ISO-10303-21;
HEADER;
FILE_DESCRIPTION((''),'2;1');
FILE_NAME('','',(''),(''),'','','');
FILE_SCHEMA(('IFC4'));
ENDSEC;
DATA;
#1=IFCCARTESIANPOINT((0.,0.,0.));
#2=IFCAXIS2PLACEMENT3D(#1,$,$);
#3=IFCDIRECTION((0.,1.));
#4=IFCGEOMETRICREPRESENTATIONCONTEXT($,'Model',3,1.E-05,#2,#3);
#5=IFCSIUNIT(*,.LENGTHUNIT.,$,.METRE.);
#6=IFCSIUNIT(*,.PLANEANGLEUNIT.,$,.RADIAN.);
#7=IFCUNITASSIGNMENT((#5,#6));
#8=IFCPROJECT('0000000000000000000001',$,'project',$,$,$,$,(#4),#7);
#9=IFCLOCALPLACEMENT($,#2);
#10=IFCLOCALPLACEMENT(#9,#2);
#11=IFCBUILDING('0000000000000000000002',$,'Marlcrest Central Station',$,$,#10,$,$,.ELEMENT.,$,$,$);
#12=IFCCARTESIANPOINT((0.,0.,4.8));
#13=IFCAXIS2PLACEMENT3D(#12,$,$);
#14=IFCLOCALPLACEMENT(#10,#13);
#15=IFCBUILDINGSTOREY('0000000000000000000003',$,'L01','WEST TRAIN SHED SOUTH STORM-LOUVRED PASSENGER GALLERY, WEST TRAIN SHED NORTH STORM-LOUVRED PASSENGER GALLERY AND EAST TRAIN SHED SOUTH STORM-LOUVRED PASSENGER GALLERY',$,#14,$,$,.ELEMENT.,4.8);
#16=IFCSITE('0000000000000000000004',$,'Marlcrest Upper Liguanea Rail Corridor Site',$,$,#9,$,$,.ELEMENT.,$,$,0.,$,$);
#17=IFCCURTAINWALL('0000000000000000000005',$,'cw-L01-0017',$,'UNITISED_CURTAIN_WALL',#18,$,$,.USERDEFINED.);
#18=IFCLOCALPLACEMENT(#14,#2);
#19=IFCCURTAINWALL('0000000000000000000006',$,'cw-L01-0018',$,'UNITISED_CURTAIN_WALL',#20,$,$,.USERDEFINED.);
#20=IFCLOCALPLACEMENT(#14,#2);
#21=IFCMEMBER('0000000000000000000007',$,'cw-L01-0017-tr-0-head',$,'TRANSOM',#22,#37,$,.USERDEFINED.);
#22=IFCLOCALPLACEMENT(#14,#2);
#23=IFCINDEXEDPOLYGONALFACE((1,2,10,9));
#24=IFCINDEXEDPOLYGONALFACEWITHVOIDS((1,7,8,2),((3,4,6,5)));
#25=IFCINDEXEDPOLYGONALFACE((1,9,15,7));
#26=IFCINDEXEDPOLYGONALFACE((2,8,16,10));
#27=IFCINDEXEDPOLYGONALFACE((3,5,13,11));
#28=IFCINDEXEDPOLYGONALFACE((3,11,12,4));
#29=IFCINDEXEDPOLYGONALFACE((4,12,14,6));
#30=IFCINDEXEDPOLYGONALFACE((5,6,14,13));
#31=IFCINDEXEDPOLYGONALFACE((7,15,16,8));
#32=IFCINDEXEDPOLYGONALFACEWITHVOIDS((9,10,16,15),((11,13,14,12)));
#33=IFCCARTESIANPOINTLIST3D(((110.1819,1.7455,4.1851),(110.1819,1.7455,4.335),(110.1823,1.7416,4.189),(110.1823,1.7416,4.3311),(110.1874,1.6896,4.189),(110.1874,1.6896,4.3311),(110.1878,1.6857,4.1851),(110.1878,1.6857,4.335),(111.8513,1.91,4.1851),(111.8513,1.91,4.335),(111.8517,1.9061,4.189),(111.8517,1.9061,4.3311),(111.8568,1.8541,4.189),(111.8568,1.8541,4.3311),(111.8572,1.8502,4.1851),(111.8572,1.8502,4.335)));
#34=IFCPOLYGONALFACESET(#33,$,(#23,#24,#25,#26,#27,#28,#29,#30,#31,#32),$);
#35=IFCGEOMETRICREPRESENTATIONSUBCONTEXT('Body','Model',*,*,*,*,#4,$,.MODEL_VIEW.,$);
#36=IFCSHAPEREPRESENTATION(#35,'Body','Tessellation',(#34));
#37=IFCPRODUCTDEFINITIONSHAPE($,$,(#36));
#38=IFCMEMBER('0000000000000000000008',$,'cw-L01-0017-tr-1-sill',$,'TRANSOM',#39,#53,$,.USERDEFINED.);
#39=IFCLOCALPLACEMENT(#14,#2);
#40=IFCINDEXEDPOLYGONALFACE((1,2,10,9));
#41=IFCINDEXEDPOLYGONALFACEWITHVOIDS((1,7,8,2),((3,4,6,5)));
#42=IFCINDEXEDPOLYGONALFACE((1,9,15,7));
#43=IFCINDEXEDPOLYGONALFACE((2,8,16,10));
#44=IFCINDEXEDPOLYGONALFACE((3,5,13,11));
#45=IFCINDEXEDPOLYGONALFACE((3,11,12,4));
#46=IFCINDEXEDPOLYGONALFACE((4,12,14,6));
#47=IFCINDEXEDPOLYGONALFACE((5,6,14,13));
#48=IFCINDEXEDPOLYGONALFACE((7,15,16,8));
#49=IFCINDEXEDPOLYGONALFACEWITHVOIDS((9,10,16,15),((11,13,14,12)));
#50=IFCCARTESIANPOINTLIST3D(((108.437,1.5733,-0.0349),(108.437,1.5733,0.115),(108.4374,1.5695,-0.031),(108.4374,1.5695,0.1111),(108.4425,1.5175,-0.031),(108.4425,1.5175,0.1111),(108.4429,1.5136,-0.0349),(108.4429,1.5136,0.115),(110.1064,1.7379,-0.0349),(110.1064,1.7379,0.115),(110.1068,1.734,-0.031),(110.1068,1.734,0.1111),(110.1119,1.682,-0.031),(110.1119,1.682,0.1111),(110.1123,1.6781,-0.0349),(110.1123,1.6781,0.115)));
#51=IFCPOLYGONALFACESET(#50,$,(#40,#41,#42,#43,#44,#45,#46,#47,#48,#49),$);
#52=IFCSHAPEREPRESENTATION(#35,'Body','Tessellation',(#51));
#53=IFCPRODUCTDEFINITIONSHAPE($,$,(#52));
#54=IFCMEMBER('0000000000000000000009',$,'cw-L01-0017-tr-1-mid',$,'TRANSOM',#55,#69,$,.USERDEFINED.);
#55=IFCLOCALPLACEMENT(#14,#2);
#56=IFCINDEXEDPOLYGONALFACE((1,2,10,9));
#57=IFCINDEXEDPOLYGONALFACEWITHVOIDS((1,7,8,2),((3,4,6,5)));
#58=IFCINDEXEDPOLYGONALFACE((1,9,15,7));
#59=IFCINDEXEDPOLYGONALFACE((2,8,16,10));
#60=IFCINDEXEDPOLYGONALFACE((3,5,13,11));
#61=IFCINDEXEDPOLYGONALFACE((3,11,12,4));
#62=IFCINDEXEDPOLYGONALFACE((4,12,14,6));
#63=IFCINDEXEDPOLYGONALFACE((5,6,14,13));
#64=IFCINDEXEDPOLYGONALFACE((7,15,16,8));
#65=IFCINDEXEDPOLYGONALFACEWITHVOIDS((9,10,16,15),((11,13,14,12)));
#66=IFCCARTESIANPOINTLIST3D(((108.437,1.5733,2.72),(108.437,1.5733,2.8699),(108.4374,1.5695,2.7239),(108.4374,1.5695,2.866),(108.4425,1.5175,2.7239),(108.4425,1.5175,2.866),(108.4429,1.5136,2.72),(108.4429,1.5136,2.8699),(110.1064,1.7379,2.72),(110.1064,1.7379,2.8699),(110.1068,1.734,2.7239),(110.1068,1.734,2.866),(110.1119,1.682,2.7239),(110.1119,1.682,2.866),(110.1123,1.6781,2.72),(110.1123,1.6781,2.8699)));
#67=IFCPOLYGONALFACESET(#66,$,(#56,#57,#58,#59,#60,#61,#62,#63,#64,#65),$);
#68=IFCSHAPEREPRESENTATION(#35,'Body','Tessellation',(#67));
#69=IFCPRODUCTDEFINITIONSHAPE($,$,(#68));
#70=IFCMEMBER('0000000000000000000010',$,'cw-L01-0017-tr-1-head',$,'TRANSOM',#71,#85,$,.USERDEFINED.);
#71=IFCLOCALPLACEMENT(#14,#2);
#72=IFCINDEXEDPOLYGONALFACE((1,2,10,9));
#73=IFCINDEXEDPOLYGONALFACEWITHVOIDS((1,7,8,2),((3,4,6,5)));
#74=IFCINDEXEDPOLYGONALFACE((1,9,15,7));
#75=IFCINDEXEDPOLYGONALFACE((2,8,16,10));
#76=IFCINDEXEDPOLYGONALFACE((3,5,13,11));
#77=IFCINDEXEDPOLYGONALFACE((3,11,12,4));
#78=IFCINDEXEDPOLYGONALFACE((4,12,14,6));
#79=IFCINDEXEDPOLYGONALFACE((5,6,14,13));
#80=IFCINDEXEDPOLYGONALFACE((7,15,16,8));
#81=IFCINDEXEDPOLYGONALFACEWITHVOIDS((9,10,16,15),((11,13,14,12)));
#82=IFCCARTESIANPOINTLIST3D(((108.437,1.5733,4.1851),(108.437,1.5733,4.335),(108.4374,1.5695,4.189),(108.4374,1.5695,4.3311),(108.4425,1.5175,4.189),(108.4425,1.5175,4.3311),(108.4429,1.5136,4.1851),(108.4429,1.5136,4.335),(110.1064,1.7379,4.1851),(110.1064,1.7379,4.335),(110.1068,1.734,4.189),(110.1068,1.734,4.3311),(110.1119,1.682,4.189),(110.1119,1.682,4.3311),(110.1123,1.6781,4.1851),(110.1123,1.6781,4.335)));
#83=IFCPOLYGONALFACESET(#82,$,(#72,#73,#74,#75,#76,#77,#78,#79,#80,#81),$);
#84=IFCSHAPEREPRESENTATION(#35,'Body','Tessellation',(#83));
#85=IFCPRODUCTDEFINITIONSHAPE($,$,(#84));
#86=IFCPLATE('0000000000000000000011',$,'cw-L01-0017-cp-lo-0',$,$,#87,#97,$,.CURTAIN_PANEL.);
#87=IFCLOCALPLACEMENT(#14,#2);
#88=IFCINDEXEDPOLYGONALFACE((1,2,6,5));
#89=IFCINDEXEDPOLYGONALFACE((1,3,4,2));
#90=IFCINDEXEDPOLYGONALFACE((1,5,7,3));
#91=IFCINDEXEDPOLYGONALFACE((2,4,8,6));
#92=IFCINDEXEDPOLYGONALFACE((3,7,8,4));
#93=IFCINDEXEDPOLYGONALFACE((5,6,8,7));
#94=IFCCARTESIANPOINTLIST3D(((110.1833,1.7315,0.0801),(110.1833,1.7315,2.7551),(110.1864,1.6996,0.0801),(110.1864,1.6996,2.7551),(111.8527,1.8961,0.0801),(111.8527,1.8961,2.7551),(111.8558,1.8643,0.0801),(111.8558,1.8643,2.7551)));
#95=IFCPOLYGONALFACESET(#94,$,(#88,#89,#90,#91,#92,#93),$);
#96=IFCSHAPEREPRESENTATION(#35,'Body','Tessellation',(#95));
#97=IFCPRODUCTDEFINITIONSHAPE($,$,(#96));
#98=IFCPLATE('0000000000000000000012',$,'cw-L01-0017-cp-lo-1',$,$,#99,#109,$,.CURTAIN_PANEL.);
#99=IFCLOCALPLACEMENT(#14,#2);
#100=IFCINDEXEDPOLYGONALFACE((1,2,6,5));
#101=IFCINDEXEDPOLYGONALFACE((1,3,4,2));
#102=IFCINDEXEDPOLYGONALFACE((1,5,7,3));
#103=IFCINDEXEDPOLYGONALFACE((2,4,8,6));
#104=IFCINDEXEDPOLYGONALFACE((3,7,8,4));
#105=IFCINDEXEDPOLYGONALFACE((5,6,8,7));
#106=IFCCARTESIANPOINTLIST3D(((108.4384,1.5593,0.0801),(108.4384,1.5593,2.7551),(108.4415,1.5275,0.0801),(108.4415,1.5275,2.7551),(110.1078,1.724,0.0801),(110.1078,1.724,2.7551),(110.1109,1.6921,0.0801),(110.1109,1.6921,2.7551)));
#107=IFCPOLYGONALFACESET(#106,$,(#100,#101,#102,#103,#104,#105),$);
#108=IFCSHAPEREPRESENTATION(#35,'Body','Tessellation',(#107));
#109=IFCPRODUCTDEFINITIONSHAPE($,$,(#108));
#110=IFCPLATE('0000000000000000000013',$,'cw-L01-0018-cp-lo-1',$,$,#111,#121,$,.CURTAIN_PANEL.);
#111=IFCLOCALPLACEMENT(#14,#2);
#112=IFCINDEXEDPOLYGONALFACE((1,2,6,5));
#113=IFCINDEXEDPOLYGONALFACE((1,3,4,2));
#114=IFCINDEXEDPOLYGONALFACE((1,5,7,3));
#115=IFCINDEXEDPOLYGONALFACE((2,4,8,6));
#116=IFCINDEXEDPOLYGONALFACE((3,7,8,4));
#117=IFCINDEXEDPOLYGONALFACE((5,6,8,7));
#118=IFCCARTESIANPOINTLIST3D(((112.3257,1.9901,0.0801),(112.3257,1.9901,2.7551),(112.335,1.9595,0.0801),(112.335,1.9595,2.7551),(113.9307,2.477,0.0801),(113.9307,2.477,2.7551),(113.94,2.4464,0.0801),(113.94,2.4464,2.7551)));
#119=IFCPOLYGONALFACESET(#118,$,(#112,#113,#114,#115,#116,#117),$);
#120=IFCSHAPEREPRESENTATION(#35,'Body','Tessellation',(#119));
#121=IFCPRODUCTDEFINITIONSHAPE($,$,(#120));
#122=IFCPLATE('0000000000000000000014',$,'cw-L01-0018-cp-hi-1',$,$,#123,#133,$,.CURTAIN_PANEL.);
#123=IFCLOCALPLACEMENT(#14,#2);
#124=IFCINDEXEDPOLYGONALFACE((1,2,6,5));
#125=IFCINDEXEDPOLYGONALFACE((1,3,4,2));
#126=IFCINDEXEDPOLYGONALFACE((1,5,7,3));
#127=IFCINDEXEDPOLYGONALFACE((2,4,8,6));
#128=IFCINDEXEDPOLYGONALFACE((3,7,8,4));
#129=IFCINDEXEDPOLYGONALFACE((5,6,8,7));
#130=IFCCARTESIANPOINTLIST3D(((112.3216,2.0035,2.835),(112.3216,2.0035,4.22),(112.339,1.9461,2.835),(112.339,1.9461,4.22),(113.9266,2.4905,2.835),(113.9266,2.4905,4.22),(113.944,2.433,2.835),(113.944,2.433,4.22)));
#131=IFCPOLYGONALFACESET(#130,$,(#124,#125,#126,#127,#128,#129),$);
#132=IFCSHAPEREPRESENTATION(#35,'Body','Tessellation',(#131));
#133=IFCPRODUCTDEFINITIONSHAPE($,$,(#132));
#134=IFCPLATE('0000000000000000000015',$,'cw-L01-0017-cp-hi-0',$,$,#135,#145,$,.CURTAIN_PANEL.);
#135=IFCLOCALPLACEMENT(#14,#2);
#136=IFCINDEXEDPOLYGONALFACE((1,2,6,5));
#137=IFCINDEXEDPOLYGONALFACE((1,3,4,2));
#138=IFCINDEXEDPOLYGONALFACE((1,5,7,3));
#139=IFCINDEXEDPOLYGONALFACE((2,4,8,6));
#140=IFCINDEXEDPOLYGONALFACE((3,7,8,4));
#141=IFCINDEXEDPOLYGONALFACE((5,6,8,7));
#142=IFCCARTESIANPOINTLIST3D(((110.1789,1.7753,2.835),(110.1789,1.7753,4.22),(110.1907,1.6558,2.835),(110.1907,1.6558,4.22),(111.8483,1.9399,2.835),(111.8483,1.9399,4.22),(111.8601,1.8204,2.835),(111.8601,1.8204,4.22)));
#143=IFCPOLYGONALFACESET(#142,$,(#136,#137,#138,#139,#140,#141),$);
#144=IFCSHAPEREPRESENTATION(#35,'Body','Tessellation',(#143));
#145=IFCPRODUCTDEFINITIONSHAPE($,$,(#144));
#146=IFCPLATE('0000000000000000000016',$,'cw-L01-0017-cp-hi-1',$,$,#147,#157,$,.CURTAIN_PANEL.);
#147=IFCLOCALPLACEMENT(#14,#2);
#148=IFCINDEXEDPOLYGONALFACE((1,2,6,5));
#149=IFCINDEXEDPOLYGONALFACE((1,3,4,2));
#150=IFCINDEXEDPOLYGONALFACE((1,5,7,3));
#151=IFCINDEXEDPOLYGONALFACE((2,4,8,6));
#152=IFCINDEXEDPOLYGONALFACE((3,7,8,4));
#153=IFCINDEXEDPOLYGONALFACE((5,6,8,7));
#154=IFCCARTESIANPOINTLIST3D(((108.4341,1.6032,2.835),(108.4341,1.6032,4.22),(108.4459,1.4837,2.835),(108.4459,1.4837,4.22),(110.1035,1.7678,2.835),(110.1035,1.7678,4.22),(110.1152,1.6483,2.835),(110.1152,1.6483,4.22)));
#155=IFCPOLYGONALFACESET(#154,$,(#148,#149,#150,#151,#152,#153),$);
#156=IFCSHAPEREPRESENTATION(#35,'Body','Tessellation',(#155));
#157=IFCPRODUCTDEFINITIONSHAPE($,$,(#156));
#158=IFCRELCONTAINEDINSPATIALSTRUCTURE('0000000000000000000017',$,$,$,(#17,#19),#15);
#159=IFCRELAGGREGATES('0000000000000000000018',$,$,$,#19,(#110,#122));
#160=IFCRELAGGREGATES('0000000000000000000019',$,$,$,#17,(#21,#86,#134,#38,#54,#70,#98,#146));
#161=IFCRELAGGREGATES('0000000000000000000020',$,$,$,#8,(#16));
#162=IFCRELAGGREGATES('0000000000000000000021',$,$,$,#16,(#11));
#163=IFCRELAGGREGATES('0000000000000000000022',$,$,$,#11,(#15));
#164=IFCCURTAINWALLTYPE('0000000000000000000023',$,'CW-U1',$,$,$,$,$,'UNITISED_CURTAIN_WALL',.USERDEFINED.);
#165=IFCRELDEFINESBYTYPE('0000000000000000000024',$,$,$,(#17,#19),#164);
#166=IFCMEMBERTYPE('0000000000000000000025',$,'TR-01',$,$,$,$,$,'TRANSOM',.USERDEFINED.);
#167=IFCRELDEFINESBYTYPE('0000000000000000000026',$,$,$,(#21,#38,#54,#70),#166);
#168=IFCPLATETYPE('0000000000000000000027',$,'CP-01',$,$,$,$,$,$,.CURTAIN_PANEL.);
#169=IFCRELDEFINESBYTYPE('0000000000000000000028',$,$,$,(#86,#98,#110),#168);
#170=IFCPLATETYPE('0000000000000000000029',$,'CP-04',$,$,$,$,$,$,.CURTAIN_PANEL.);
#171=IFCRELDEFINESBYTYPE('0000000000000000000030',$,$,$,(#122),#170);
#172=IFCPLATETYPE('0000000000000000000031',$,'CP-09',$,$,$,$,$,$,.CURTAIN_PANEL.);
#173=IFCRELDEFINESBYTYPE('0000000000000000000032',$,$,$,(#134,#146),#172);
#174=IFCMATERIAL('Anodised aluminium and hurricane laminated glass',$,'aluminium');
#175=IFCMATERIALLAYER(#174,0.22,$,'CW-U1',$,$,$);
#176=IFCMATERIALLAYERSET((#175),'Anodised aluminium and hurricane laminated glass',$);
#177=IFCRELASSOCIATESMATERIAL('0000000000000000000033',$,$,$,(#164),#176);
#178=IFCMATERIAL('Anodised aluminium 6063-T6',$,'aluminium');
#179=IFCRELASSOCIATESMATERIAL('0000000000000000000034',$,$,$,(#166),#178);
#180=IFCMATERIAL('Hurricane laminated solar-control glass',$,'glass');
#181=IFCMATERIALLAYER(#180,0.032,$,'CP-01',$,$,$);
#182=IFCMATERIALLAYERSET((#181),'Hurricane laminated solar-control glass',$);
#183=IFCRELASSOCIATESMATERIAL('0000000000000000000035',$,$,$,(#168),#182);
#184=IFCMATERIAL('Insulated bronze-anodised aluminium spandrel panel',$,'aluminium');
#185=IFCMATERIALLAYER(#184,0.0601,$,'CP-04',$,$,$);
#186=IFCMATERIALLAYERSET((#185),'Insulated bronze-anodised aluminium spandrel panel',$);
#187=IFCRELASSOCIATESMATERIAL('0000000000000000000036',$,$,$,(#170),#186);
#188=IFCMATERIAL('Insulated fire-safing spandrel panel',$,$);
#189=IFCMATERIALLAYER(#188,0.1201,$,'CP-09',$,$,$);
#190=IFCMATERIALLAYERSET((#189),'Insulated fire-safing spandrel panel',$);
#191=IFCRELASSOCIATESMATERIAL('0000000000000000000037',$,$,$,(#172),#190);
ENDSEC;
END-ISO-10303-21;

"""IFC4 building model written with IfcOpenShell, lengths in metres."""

from ifc_helpers import new_model, si_unit, direction, frame, origin, origin_2d, place, context, subcontext, project, spatial, rectangle, hollow_rectangle, extrude, material, layer, layer_set, material_profile, profile_set, type_object, element, aggregate, save


model = new_model("IFC4")

# Units and contexts
model_context = context("Model", 3, precision=1e-05, world=origin(), true_north=direction((0.0, 1.0)))
body_context = subcontext(model_context, "Body", "Model", "MODEL_VIEW")
ifc_project = project(units=[si_unit("LENGTHUNIT", "METRE"), si_unit("PLANEANGLEUNIT", "RADIAN")], contexts=[model_context])

# Site, building, storey
site_placement = place(None, origin())
site = spatial("IfcSite", under=ifc_project, at=site_placement, Name="Marlcrest Upper Liguanea Rail Corridor Site", CompositionType="ELEMENT", RefElevation=0.0)
building_placement = place(site_placement, origin())
building = spatial("IfcBuilding", under=site, at=building_placement, Name="Marlcrest Central Station", CompositionType="ELEMENT")
storey_placement = place(building_placement, frame((0.0, 0.0, 4.8)))
storey = spatial("IfcBuildingStorey", under=building, at=storey_placement, Name="L01", Description="WEST TRAIN SHED SOUTH STORM-LOUVRED PASSENGER GALLERY, WEST TRAIN SHED NORTH STORM-LOUVRED PASSENGER GALLERY AND EAST TRAIN SHED SOUTH STORM-LOUVRED PASSENGER GALLERY", CompositionType="ELEMENT", Elevation=4.8)

# Curtain wall
ifc_material_1 = material(Name="Anodised aluminium and hurricane laminated glass", Category="aluminium")
ifc_layer_1 = layer(ifc_material_1, 0.22, Name="CW-U1")
ifc_layer_set_1 = layer_set([ifc_layer_1], Name="Anodised aluminium and hurricane laminated glass")
curtain_wall_type = type_object("IfcCurtainWallType", Name="CW-U1", ElementType="UNITISED_CURTAIN_WALL", PredefinedType="USERDEFINED", material=ifc_layer_set_1)
curtain_wall_1_placement = place(storey_placement, origin())
curtain_wall_1 = element("IfcCurtainWall", 1, at=curtain_wall_1_placement, inside=storey, type_object=curtain_wall_type, Name="cw-L01-0017", ObjectType="UNITISED_CURTAIN_WALL", PredefinedType="USERDEFINED")
ifc_material_2 = material(Name="Anodised aluminium 6063-T6", Category="aluminium")

# Curtain wall
curtain_wall_2_placement = place(storey_placement, origin())
curtain_wall_2 = element("IfcCurtainWall", 2, at=curtain_wall_2_placement, inside=storey, type_object=curtain_wall_type, Name="cw-L01-0018", ObjectType="UNITISED_CURTAIN_WALL", PredefinedType="USERDEFINED")

# Members
ifc_material_profile_1 = material_profile(ifc_material_2, hollow_rectangle(XDim=0.0601, YDim=0.1499, WallThickness=0.0039, at=origin_2d()), Name="AA-RHS 150x60x4")
ifc_profile_set_1 = profile_set([ifc_material_profile_1], Name="Anodised aluminium 6063-T6")
member_type_1 = type_object("IfcMemberType", Name="TR-01", ElementType="TRANSOM", PredefinedType="USERDEFINED", material=ifc_profile_set_1)
member_1_placement = place(storey_placement, frame((111.8542, 1.8801, 4.26), z_axis=(-0.995177, -0.098091, 0.0), x_axis=(0.098091, -0.995177, 0.0)))
member_1 = element("IfcMember", 3, at=member_1_placement, type_object=member_type_1, Name="cw-L01-0017-tr-0-head", ObjectType="TRANSOM", PredefinedType="USERDEFINED", context=body_context, shape_type="SweptSolid", body=[
    extrude(hollow_rectangle(XDim=0.0601, YDim=0.1499, WallThickness=0.0039, at=origin_2d()), origin(), (0.0, 0.0, 1.0), 1.6775),
])
member_2_placement = place(storey_placement, frame((110.1094, 1.708, 0.04), z_axis=(-0.995177, -0.098091, 0.0), x_axis=(0.098091, -0.995177, 0.0)))
member_2 = element("IfcMember", 4, at=member_2_placement, type_object=member_type_1, Name="cw-L01-0017-tr-1-sill", ObjectType="TRANSOM", PredefinedType="USERDEFINED", context=body_context, shape_type="SweptSolid", body=[
    extrude(hollow_rectangle(XDim=0.0601, YDim=0.1499, WallThickness=0.0039, at=origin_2d()), origin(), (0.0, 0.0, 1.0), 1.6775),
])
member_3_placement = place(storey_placement, frame((110.1094, 1.708, 2.7949), z_axis=(-0.995177, -0.098091, 0.0), x_axis=(0.098091, -0.995177, 0.0)))
member_3 = element("IfcMember", 5, at=member_3_placement, type_object=member_type_1, Name="cw-L01-0017-tr-1-mid", ObjectType="TRANSOM", PredefinedType="USERDEFINED", context=body_context, shape_type="SweptSolid", body=[
    extrude(hollow_rectangle(XDim=0.0601, YDim=0.1499, WallThickness=0.0039, at=origin_2d()), origin(), (0.0, 0.0, 1.0), 1.6775),
])
member_4_placement = place(storey_placement, frame((110.1094, 1.708, 4.26), z_axis=(-0.995177, -0.098091, 0.0), x_axis=(0.098091, -0.995177, 0.0)))
member_4 = element("IfcMember", 6, at=member_4_placement, type_object=member_type_1, Name="cw-L01-0017-tr-1-head", ObjectType="TRANSOM", PredefinedType="USERDEFINED", context=body_context, shape_type="SweptSolid", body=[
    extrude(hollow_rectangle(XDim=0.0601, YDim=0.1499, WallThickness=0.0039, at=origin_2d()), origin(), (0.0, 0.0, 1.0), 1.6775),
])

# Plates
ifc_material_3 = material(Name="Hurricane laminated solar-control glass", Category="glass")
ifc_layer_2 = layer(ifc_material_3, 0.032, Name="CP-01")
ifc_layer_set_2 = layer_set([ifc_layer_2], Name="Hurricane laminated solar-control glass")
plate_type_1 = type_object("IfcPlateType", Name="CP-01", PredefinedType="CURTAIN_PANEL", material=ifc_layer_set_2)
plate_1_placement = place(storey_placement, frame((111.0195, 1.7979, 0.0801), z_axis=(0.0, 0.0, 1.0), x_axis=(-0.995173, -0.098139, 0.0)))
plate_1 = element("IfcPlate", 7, at=plate_1_placement, type_object=plate_type_1, Name="cw-L01-0017-cp-lo-0", PredefinedType="CURTAIN_PANEL", context=body_context, shape_type="SweptSolid", body=[
    extrude(rectangle(XDim=1.6775, YDim=0.032, at=origin_2d()), origin(), (0.0, 0.0, 1.0), 2.675),
])
plate_2_placement = place(storey_placement, frame((109.2747, 1.6257, 0.0801), z_axis=(0.0, 0.0, 1.0), x_axis=(-0.995173, -0.098139, 0.0)))
plate_2 = element("IfcPlate", 8, at=plate_2_placement, type_object=plate_type_1, Name="cw-L01-0017-cp-lo-1", PredefinedType="CURTAIN_PANEL", context=body_context, shape_type="SweptSolid", body=[
    extrude(rectangle(XDim=1.6775, YDim=0.032, at=origin_2d()), origin(), (0.0, 0.0, 1.0), 2.675),
])
plate_3_placement = place(storey_placement, frame((113.1328, 2.2183, 0.0801), z_axis=(0.0, 0.0, 1.0), x_axis=(-0.95693, -0.290318, 0.0)))
plate_3 = element("IfcPlate", 9, at=plate_3_placement, type_object=plate_type_1, Name="cw-L01-0018-cp-lo-1", PredefinedType="CURTAIN_PANEL", context=body_context, shape_type="SweptSolid", body=[
    extrude(rectangle(XDim=1.6772, YDim=0.032, at=origin_2d()), origin(), (0.0, 0.0, 1.0), 2.675),
])
ifc_material_4 = material(Name="Insulated bronze-anodised aluminium spandrel panel", Category="aluminium")
ifc_layer_3 = layer(ifc_material_4, 0.0601, Name="CP-04")
ifc_layer_set_3 = layer_set([ifc_layer_3], Name="Insulated bronze-anodised aluminium spandrel panel")
plate_type_2 = type_object("IfcPlateType", Name="CP-04", PredefinedType="CURTAIN_PANEL", material=ifc_layer_set_3)
plate_4_placement = place(storey_placement, frame((113.1328, 2.2183, 2.835), z_axis=(0.0, 0.0, 1.0), x_axis=(-0.95693, -0.290318, 0.0)))
plate_4 = element("IfcPlate", 10, at=plate_4_placement, type_object=plate_type_2, Name="cw-L01-0018-cp-hi-1", PredefinedType="CURTAIN_PANEL", context=body_context, shape_type="SweptSolid", body=[
    extrude(rectangle(XDim=1.6772, YDim=0.0601, at=origin_2d()), origin(), (0.0, 0.0, 1.0), 1.385),
])
aggregate(curtain_wall_2, [plate_3, plate_4])
ifc_material_5 = material(Name="Insulated fire-safing spandrel panel")
ifc_layer_4 = layer(ifc_material_5, 0.1201, Name="CP-09")
ifc_layer_set_4 = layer_set([ifc_layer_4], Name="Insulated fire-safing spandrel panel")
plate_type_3 = type_object("IfcPlateType", Name="CP-09", PredefinedType="CURTAIN_PANEL", material=ifc_layer_set_4)
plate_5_placement = place(storey_placement, frame((111.0195, 1.7979, 2.835), z_axis=(0.0, 0.0, 1.0), x_axis=(-0.995173, -0.098139, 0.0)))
plate_5 = element("IfcPlate", 11, at=plate_5_placement, type_object=plate_type_3, Name="cw-L01-0017-cp-hi-0", PredefinedType="CURTAIN_PANEL", context=body_context, shape_type="SweptSolid", body=[
    extrude(rectangle(XDim=1.6775, YDim=0.1201, at=origin_2d()), origin(), (0.0, 0.0, 1.0), 1.385),
])
plate_6_placement = place(storey_placement, frame((109.2747, 1.6257, 2.835), z_axis=(0.0, 0.0, 1.0), x_axis=(-0.995173, -0.098139, 0.0)))
plate_6 = element("IfcPlate", 12, at=plate_6_placement, type_object=plate_type_3, Name="cw-L01-0017-cp-hi-1", PredefinedType="CURTAIN_PANEL", context=body_context, shape_type="SweptSolid", body=[
    extrude(rectangle(XDim=1.6775, YDim=0.1201, at=origin_2d()), origin(), (0.0, 0.0, 1.0), 1.385),
])
aggregate(curtain_wall_1, [member_1, plate_1, plate_5, member_2, member_3, member_4, plate_2, plate_6])

save(model, "model.ifc")
